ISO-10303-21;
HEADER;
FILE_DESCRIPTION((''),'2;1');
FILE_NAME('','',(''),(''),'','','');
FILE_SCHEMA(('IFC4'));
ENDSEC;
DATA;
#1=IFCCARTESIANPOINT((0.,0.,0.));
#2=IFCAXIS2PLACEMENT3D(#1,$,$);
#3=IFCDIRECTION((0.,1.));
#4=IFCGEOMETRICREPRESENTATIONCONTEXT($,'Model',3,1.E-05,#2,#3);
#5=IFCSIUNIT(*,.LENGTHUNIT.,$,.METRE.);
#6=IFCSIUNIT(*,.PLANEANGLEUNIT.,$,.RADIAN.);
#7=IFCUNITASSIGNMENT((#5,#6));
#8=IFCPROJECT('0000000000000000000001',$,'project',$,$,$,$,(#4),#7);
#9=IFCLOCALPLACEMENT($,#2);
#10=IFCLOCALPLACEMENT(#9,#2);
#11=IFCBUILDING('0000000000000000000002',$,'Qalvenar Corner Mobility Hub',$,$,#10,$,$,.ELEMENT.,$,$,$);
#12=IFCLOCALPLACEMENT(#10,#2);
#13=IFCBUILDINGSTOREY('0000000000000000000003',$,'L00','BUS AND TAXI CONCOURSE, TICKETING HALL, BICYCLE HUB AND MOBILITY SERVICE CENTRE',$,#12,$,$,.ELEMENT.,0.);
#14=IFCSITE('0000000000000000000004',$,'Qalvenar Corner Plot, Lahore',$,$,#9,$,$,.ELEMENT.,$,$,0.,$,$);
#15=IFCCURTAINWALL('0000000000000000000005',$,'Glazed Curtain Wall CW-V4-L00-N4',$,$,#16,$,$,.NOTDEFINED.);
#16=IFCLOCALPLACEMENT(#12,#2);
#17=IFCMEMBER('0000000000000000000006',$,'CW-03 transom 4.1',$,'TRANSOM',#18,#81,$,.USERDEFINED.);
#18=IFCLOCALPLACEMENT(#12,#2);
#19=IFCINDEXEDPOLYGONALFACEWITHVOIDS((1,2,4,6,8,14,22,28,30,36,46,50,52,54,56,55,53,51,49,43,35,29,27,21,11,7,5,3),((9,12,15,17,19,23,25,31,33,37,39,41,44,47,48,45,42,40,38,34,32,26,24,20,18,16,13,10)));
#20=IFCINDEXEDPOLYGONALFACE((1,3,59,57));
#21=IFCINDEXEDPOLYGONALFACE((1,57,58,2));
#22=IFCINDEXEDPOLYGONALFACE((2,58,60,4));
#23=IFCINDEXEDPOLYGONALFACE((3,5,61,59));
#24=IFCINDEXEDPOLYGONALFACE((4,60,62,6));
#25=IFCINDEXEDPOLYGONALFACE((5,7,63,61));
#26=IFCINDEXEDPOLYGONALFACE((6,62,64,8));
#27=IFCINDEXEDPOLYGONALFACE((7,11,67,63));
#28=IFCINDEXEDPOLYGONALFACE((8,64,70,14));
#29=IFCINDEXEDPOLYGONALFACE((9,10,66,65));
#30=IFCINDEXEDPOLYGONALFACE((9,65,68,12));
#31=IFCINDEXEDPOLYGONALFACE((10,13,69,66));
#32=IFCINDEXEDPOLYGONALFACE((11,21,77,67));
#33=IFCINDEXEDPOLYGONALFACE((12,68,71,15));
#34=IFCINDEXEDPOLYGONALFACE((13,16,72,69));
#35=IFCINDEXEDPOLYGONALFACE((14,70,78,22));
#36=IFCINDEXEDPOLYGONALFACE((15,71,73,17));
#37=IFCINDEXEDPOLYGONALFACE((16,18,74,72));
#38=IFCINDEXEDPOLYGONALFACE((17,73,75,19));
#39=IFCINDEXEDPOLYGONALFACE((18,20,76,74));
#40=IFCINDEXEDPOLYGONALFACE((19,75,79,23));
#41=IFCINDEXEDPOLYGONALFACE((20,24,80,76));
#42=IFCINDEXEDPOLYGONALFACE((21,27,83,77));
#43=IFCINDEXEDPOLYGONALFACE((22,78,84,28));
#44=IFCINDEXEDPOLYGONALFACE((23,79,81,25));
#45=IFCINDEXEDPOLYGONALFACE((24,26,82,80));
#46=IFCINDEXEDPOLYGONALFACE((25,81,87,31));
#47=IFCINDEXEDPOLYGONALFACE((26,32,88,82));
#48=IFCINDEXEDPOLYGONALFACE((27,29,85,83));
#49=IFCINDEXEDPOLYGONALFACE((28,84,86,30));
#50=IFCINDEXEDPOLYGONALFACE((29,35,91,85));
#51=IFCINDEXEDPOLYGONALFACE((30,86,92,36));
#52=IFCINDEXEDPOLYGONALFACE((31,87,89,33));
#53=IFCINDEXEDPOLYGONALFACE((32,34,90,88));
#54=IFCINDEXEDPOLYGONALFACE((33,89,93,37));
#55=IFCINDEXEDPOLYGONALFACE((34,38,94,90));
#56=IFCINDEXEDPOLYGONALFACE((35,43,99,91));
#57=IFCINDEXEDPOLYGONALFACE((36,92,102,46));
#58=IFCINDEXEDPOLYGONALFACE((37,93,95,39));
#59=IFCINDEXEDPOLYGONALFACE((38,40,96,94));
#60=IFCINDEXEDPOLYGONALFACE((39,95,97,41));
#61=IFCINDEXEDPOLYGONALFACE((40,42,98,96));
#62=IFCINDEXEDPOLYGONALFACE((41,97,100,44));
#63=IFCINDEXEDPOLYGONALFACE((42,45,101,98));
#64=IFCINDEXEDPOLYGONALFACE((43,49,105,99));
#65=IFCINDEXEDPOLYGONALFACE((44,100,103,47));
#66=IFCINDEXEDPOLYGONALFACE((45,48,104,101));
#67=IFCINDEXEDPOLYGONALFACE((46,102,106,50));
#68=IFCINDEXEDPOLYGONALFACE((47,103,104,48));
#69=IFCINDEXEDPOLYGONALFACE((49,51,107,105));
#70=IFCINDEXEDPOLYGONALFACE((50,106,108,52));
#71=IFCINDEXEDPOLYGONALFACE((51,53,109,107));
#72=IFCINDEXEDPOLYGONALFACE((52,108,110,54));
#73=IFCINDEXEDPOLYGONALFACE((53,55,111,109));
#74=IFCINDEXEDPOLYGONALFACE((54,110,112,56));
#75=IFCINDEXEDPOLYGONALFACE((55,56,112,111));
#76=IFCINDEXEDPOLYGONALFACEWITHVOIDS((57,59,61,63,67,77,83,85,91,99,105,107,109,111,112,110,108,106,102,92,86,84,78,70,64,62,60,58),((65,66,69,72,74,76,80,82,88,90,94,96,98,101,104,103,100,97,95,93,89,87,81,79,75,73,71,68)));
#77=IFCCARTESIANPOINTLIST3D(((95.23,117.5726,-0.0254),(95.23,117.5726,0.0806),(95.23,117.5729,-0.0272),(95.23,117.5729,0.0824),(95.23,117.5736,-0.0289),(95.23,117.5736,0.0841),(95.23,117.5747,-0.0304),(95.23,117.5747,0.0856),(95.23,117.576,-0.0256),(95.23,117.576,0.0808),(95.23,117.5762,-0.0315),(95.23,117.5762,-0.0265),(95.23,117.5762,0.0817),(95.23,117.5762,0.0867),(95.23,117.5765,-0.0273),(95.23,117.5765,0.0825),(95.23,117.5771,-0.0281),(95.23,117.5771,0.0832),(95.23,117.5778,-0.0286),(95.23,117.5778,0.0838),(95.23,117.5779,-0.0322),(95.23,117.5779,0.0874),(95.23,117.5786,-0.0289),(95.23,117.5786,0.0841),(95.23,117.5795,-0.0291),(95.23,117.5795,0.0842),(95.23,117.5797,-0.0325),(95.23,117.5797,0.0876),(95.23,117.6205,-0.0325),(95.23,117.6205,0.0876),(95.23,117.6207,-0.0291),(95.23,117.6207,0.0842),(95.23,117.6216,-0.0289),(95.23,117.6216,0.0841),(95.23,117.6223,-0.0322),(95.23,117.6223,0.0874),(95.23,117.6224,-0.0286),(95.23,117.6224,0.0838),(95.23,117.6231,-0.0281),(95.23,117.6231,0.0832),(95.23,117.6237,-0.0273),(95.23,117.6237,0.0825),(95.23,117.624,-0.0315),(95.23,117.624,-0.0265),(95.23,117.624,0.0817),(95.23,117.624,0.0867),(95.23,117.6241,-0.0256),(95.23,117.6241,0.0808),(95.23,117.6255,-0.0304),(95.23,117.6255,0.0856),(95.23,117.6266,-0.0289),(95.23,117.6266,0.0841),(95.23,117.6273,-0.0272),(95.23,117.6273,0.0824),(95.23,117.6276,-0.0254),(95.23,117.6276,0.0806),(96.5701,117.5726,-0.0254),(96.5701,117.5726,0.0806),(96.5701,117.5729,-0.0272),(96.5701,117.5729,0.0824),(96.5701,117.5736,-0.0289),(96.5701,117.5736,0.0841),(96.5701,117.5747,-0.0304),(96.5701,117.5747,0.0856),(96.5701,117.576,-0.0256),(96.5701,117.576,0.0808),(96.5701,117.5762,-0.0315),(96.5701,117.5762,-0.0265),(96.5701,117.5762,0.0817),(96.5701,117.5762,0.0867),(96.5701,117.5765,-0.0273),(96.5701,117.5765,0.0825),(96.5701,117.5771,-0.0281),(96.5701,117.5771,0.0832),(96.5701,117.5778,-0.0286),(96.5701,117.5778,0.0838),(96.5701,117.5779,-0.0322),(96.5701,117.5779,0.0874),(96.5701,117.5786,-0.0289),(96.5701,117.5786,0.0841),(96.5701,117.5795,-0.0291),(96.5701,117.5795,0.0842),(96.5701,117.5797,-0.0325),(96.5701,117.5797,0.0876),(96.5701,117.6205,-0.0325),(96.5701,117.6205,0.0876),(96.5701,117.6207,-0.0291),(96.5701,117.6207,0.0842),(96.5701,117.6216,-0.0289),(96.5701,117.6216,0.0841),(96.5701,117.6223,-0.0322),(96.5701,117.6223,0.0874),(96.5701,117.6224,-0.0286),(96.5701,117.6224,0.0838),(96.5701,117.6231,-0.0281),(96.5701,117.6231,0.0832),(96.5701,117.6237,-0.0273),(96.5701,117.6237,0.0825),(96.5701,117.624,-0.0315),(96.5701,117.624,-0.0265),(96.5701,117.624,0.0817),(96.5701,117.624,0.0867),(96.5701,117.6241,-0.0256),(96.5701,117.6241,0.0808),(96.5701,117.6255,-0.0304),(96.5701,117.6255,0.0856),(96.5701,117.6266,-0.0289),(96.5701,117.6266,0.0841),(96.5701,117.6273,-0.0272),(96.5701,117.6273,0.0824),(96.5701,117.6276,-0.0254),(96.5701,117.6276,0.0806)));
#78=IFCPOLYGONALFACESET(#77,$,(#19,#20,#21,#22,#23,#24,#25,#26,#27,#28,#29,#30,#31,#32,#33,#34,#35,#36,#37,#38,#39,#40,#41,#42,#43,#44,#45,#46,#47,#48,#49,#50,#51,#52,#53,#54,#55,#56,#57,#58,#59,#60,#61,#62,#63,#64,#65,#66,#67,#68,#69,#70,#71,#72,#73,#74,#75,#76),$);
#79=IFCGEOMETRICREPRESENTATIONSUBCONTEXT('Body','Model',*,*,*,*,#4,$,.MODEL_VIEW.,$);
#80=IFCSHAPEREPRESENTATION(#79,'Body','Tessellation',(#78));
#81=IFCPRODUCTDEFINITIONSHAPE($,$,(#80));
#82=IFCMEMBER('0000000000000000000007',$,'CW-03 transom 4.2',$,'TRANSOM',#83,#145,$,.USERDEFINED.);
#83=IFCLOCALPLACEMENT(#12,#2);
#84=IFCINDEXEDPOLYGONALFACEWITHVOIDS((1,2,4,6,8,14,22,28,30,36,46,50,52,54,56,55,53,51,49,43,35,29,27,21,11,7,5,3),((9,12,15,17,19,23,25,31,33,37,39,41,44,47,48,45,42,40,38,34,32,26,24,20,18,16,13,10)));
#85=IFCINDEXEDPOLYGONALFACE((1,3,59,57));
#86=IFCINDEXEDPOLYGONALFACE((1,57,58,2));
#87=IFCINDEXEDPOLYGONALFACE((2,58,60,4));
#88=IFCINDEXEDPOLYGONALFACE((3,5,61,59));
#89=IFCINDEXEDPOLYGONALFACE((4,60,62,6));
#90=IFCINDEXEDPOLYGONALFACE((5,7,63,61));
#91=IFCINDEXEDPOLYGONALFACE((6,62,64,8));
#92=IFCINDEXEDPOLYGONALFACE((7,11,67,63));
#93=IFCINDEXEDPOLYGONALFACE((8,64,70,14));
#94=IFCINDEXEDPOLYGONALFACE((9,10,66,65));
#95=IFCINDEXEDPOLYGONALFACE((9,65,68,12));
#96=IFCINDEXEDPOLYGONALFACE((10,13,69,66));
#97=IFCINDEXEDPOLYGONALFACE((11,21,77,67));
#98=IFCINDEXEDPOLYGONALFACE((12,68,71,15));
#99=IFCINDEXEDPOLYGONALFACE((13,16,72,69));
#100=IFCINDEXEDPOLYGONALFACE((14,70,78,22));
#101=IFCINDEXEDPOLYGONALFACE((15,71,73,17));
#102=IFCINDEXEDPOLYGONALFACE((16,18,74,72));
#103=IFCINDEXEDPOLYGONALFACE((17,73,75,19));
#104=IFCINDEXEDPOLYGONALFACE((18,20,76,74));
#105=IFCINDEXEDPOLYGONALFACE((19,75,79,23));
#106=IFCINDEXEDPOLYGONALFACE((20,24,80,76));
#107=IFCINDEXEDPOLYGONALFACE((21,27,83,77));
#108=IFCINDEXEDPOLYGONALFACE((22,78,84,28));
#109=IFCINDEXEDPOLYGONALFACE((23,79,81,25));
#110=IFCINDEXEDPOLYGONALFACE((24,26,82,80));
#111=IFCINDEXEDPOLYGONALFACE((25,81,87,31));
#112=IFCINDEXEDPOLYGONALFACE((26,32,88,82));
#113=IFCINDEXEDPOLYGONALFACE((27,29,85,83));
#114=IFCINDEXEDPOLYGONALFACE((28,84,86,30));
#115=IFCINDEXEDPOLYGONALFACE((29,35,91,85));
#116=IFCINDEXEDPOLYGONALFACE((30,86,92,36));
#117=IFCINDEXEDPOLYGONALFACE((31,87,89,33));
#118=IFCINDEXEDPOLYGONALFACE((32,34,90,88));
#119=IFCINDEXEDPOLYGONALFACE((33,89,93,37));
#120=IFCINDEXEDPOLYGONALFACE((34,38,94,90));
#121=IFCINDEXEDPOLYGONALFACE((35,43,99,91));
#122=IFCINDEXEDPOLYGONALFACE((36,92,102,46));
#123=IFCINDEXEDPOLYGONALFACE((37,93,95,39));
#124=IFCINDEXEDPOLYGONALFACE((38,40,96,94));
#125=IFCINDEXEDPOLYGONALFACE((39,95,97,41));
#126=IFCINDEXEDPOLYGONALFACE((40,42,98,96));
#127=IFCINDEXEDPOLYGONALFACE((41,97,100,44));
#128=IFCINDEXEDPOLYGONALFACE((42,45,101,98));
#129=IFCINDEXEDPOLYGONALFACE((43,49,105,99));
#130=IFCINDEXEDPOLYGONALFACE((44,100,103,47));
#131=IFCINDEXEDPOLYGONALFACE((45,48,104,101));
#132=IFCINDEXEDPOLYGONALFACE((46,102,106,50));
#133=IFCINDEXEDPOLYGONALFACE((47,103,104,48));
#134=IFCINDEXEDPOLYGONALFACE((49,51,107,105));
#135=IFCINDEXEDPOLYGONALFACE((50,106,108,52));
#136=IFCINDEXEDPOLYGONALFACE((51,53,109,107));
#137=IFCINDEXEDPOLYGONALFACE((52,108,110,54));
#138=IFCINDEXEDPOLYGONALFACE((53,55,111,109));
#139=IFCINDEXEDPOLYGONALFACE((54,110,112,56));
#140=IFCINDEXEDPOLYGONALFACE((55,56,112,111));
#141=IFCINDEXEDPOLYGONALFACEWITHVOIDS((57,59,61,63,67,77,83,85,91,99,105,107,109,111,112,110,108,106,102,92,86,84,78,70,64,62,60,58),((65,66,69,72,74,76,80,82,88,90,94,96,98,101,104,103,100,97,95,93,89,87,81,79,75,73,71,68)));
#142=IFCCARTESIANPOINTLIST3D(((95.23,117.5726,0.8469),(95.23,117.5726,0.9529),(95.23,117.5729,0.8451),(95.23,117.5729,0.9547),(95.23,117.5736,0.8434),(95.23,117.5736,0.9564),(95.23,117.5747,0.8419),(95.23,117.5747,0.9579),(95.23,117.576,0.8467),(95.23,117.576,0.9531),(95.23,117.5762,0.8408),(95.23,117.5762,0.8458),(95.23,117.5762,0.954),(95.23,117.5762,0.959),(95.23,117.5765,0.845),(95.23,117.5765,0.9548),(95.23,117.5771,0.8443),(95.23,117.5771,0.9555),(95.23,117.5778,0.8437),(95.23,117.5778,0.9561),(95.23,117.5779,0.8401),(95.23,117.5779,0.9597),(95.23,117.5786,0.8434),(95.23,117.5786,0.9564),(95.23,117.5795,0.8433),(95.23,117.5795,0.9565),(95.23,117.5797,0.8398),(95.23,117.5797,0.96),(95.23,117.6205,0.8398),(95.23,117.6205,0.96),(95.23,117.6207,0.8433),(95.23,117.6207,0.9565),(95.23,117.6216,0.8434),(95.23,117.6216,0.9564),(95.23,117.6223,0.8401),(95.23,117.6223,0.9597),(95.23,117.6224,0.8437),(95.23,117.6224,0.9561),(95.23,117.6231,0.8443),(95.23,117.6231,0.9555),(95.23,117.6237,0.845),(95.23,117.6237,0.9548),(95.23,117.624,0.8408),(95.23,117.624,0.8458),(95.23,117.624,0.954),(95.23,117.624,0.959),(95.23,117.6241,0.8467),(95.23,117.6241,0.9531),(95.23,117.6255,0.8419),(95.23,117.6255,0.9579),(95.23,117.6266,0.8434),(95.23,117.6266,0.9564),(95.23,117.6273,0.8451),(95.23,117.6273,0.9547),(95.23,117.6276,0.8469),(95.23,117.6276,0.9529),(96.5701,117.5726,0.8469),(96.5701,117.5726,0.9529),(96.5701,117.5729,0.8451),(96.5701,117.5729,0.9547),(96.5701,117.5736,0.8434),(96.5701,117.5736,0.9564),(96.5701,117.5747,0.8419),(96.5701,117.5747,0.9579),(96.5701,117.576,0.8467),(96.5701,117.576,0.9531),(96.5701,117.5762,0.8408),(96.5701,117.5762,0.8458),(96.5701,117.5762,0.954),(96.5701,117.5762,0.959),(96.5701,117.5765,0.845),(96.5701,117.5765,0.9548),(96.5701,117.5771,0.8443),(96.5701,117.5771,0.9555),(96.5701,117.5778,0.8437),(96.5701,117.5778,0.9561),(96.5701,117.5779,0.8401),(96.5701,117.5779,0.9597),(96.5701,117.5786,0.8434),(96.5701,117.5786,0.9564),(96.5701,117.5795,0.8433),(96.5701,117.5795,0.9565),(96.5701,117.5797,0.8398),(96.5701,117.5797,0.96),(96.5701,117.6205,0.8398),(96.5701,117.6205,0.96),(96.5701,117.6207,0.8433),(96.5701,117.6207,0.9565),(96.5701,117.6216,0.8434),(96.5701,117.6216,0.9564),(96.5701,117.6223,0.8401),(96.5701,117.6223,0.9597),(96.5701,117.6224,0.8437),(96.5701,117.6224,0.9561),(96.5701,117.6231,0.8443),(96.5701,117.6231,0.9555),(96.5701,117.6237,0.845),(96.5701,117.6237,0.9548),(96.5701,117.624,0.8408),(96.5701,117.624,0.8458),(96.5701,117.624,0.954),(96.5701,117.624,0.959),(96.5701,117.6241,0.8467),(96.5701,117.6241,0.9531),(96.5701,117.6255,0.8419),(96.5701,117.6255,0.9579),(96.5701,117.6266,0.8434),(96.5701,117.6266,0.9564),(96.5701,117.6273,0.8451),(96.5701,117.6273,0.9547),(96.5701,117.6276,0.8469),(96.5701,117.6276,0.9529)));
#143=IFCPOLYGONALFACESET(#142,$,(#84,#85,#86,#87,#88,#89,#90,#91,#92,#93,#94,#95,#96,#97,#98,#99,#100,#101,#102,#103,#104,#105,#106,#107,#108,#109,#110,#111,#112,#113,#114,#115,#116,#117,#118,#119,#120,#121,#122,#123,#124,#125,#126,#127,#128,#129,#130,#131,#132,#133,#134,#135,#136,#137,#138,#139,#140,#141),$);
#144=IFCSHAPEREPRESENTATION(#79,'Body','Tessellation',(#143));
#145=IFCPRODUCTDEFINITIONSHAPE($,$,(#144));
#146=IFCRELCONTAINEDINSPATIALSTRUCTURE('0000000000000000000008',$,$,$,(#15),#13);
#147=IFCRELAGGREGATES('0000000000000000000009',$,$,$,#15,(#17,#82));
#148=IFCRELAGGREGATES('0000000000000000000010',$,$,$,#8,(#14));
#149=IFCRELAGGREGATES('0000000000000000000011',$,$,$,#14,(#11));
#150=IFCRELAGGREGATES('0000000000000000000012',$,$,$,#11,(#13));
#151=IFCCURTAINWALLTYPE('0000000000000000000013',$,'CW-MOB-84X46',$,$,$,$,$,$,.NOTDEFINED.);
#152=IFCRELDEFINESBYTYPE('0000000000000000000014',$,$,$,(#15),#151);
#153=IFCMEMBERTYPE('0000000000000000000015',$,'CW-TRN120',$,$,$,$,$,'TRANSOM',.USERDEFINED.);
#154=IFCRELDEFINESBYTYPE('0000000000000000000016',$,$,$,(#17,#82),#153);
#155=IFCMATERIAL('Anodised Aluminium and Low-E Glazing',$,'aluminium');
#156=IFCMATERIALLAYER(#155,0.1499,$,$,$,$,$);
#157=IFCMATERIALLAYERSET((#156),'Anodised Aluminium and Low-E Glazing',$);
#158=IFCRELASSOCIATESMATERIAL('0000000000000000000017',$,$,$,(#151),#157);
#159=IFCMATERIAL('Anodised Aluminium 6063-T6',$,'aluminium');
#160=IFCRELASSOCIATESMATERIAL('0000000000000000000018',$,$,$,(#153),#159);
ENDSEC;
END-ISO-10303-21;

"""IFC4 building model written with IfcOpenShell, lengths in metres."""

from ifc_helpers import new_model, si_unit, direction, frame, origin, origin_2d, place, context, subcontext, project, spatial, hollow_rectangle, extrude, material, layer, layer_set, material_profile, profile_set, type_object, element, aggregate, save


model = new_model("IFC4")

# Units and contexts
model_context = context("Model", 3, precision=1e-05, world=origin(), true_north=direction((0.0, 1.0)))
body_context = subcontext(model_context, "Body", "Model", "MODEL_VIEW")
ifc_project = project(units=[si_unit("LENGTHUNIT", "METRE"), si_unit("PLANEANGLEUNIT", "RADIAN")], contexts=[model_context])

# Site, building, storey
site_placement = place(None, origin())
site = spatial("IfcSite", under=ifc_project, at=site_placement, Name="Qalvenar Corner Plot, Lahore", CompositionType="ELEMENT", RefElevation=0.0)
building_placement = place(site_placement, origin())
building = spatial("IfcBuilding", under=site, at=building_placement, Name="Qalvenar Corner Mobility Hub", CompositionType="ELEMENT")
storey_placement = place(building_placement, origin())
storey = spatial("IfcBuildingStorey", under=building, at=storey_placement, Name="L00", Description="BUS AND TAXI CONCOURSE, TICKETING HALL, BICYCLE HUB AND MOBILITY SERVICE CENTRE", CompositionType="ELEMENT", Elevation=0.0)

# Curtain wall, members
ifc_material_1 = material(Name="Anodised Aluminium and Low-E Glazing", Category="aluminium")
ifc_layer_1 = layer(ifc_material_1, 0.1499)
ifc_layer_set_1 = layer_set([ifc_layer_1], Name="Anodised Aluminium and Low-E Glazing")
curtain_wall_type = type_object("IfcCurtainWallType", Name="CW-MOB-84X46", PredefinedType="NOTDEFINED", material=ifc_layer_set_1)
curtain_wall_placement = place(storey_placement, origin())
curtain_wall = element("IfcCurtainWall", 1, at=curtain_wall_placement, inside=storey, type_object=curtain_wall_type, Name="Glazed Curtain Wall CW-V4-L00-N4", PredefinedType="NOTDEFINED")
ifc_material_2 = material(Name="Anodised Aluminium 6063-T6", Category="aluminium")
ifc_material_profile_1 = material_profile(ifc_material_2, hollow_rectangle(XDim=0.0549, YDim=0.1201, WallThickness=0.0034, InnerFilletRadius=0.0034, OuterFilletRadius=0.0071, at=origin_2d()), Name="RHS120x55x3.5")
ifc_profile_set_1 = profile_set([ifc_material_profile_1], Name="Anodised Aluminium 6063-T6")
member_type_1 = type_object("IfcMemberType", Name="CW-TRN120", ElementType="TRANSOM", PredefinedType="USERDEFINED", material=ifc_profile_set_1)
member_1_placement = place(storey_placement, frame((96.5701, 117.6001, 0.0276), z_axis=(-1.0, 0.0, 0.0), x_axis=(0.0, -1.0, 0.0)))
member_1 = element("IfcMember", 2, at=member_1_placement, type_object=member_type_1, Name="CW-03 transom 4.1", ObjectType="TRANSOM", PredefinedType="USERDEFINED", context=body_context, shape_type="SweptSolid", body=[
    extrude(hollow_rectangle(XDim=0.0549, YDim=0.1201, WallThickness=0.0034, InnerFilletRadius=0.0034, OuterFilletRadius=0.0071, at=origin_2d()), origin(), (0.0, 0.0, 1.0), 1.3401),
])
member_2_placement = place(storey_placement, frame((96.5701, 117.6001, 0.8999), z_axis=(-1.0, 0.0, 0.0), x_axis=(0.0, -1.0, 0.0)))
member_2 = element("IfcMember", 3, at=member_2_placement, type_object=member_type_1, Name="CW-03 transom 4.2", ObjectType="TRANSOM", PredefinedType="USERDEFINED", context=body_context, shape_type="SweptSolid", body=[
    extrude(hollow_rectangle(XDim=0.0549, YDim=0.1201, WallThickness=0.0034, InnerFilletRadius=0.0034, OuterFilletRadius=0.0071, at=origin_2d()), origin(), (0.0, 0.0, 1.0), 1.3401),
])
aggregate(curtain_wall, [member_1, member_2])

save(model, "model.ifc")
